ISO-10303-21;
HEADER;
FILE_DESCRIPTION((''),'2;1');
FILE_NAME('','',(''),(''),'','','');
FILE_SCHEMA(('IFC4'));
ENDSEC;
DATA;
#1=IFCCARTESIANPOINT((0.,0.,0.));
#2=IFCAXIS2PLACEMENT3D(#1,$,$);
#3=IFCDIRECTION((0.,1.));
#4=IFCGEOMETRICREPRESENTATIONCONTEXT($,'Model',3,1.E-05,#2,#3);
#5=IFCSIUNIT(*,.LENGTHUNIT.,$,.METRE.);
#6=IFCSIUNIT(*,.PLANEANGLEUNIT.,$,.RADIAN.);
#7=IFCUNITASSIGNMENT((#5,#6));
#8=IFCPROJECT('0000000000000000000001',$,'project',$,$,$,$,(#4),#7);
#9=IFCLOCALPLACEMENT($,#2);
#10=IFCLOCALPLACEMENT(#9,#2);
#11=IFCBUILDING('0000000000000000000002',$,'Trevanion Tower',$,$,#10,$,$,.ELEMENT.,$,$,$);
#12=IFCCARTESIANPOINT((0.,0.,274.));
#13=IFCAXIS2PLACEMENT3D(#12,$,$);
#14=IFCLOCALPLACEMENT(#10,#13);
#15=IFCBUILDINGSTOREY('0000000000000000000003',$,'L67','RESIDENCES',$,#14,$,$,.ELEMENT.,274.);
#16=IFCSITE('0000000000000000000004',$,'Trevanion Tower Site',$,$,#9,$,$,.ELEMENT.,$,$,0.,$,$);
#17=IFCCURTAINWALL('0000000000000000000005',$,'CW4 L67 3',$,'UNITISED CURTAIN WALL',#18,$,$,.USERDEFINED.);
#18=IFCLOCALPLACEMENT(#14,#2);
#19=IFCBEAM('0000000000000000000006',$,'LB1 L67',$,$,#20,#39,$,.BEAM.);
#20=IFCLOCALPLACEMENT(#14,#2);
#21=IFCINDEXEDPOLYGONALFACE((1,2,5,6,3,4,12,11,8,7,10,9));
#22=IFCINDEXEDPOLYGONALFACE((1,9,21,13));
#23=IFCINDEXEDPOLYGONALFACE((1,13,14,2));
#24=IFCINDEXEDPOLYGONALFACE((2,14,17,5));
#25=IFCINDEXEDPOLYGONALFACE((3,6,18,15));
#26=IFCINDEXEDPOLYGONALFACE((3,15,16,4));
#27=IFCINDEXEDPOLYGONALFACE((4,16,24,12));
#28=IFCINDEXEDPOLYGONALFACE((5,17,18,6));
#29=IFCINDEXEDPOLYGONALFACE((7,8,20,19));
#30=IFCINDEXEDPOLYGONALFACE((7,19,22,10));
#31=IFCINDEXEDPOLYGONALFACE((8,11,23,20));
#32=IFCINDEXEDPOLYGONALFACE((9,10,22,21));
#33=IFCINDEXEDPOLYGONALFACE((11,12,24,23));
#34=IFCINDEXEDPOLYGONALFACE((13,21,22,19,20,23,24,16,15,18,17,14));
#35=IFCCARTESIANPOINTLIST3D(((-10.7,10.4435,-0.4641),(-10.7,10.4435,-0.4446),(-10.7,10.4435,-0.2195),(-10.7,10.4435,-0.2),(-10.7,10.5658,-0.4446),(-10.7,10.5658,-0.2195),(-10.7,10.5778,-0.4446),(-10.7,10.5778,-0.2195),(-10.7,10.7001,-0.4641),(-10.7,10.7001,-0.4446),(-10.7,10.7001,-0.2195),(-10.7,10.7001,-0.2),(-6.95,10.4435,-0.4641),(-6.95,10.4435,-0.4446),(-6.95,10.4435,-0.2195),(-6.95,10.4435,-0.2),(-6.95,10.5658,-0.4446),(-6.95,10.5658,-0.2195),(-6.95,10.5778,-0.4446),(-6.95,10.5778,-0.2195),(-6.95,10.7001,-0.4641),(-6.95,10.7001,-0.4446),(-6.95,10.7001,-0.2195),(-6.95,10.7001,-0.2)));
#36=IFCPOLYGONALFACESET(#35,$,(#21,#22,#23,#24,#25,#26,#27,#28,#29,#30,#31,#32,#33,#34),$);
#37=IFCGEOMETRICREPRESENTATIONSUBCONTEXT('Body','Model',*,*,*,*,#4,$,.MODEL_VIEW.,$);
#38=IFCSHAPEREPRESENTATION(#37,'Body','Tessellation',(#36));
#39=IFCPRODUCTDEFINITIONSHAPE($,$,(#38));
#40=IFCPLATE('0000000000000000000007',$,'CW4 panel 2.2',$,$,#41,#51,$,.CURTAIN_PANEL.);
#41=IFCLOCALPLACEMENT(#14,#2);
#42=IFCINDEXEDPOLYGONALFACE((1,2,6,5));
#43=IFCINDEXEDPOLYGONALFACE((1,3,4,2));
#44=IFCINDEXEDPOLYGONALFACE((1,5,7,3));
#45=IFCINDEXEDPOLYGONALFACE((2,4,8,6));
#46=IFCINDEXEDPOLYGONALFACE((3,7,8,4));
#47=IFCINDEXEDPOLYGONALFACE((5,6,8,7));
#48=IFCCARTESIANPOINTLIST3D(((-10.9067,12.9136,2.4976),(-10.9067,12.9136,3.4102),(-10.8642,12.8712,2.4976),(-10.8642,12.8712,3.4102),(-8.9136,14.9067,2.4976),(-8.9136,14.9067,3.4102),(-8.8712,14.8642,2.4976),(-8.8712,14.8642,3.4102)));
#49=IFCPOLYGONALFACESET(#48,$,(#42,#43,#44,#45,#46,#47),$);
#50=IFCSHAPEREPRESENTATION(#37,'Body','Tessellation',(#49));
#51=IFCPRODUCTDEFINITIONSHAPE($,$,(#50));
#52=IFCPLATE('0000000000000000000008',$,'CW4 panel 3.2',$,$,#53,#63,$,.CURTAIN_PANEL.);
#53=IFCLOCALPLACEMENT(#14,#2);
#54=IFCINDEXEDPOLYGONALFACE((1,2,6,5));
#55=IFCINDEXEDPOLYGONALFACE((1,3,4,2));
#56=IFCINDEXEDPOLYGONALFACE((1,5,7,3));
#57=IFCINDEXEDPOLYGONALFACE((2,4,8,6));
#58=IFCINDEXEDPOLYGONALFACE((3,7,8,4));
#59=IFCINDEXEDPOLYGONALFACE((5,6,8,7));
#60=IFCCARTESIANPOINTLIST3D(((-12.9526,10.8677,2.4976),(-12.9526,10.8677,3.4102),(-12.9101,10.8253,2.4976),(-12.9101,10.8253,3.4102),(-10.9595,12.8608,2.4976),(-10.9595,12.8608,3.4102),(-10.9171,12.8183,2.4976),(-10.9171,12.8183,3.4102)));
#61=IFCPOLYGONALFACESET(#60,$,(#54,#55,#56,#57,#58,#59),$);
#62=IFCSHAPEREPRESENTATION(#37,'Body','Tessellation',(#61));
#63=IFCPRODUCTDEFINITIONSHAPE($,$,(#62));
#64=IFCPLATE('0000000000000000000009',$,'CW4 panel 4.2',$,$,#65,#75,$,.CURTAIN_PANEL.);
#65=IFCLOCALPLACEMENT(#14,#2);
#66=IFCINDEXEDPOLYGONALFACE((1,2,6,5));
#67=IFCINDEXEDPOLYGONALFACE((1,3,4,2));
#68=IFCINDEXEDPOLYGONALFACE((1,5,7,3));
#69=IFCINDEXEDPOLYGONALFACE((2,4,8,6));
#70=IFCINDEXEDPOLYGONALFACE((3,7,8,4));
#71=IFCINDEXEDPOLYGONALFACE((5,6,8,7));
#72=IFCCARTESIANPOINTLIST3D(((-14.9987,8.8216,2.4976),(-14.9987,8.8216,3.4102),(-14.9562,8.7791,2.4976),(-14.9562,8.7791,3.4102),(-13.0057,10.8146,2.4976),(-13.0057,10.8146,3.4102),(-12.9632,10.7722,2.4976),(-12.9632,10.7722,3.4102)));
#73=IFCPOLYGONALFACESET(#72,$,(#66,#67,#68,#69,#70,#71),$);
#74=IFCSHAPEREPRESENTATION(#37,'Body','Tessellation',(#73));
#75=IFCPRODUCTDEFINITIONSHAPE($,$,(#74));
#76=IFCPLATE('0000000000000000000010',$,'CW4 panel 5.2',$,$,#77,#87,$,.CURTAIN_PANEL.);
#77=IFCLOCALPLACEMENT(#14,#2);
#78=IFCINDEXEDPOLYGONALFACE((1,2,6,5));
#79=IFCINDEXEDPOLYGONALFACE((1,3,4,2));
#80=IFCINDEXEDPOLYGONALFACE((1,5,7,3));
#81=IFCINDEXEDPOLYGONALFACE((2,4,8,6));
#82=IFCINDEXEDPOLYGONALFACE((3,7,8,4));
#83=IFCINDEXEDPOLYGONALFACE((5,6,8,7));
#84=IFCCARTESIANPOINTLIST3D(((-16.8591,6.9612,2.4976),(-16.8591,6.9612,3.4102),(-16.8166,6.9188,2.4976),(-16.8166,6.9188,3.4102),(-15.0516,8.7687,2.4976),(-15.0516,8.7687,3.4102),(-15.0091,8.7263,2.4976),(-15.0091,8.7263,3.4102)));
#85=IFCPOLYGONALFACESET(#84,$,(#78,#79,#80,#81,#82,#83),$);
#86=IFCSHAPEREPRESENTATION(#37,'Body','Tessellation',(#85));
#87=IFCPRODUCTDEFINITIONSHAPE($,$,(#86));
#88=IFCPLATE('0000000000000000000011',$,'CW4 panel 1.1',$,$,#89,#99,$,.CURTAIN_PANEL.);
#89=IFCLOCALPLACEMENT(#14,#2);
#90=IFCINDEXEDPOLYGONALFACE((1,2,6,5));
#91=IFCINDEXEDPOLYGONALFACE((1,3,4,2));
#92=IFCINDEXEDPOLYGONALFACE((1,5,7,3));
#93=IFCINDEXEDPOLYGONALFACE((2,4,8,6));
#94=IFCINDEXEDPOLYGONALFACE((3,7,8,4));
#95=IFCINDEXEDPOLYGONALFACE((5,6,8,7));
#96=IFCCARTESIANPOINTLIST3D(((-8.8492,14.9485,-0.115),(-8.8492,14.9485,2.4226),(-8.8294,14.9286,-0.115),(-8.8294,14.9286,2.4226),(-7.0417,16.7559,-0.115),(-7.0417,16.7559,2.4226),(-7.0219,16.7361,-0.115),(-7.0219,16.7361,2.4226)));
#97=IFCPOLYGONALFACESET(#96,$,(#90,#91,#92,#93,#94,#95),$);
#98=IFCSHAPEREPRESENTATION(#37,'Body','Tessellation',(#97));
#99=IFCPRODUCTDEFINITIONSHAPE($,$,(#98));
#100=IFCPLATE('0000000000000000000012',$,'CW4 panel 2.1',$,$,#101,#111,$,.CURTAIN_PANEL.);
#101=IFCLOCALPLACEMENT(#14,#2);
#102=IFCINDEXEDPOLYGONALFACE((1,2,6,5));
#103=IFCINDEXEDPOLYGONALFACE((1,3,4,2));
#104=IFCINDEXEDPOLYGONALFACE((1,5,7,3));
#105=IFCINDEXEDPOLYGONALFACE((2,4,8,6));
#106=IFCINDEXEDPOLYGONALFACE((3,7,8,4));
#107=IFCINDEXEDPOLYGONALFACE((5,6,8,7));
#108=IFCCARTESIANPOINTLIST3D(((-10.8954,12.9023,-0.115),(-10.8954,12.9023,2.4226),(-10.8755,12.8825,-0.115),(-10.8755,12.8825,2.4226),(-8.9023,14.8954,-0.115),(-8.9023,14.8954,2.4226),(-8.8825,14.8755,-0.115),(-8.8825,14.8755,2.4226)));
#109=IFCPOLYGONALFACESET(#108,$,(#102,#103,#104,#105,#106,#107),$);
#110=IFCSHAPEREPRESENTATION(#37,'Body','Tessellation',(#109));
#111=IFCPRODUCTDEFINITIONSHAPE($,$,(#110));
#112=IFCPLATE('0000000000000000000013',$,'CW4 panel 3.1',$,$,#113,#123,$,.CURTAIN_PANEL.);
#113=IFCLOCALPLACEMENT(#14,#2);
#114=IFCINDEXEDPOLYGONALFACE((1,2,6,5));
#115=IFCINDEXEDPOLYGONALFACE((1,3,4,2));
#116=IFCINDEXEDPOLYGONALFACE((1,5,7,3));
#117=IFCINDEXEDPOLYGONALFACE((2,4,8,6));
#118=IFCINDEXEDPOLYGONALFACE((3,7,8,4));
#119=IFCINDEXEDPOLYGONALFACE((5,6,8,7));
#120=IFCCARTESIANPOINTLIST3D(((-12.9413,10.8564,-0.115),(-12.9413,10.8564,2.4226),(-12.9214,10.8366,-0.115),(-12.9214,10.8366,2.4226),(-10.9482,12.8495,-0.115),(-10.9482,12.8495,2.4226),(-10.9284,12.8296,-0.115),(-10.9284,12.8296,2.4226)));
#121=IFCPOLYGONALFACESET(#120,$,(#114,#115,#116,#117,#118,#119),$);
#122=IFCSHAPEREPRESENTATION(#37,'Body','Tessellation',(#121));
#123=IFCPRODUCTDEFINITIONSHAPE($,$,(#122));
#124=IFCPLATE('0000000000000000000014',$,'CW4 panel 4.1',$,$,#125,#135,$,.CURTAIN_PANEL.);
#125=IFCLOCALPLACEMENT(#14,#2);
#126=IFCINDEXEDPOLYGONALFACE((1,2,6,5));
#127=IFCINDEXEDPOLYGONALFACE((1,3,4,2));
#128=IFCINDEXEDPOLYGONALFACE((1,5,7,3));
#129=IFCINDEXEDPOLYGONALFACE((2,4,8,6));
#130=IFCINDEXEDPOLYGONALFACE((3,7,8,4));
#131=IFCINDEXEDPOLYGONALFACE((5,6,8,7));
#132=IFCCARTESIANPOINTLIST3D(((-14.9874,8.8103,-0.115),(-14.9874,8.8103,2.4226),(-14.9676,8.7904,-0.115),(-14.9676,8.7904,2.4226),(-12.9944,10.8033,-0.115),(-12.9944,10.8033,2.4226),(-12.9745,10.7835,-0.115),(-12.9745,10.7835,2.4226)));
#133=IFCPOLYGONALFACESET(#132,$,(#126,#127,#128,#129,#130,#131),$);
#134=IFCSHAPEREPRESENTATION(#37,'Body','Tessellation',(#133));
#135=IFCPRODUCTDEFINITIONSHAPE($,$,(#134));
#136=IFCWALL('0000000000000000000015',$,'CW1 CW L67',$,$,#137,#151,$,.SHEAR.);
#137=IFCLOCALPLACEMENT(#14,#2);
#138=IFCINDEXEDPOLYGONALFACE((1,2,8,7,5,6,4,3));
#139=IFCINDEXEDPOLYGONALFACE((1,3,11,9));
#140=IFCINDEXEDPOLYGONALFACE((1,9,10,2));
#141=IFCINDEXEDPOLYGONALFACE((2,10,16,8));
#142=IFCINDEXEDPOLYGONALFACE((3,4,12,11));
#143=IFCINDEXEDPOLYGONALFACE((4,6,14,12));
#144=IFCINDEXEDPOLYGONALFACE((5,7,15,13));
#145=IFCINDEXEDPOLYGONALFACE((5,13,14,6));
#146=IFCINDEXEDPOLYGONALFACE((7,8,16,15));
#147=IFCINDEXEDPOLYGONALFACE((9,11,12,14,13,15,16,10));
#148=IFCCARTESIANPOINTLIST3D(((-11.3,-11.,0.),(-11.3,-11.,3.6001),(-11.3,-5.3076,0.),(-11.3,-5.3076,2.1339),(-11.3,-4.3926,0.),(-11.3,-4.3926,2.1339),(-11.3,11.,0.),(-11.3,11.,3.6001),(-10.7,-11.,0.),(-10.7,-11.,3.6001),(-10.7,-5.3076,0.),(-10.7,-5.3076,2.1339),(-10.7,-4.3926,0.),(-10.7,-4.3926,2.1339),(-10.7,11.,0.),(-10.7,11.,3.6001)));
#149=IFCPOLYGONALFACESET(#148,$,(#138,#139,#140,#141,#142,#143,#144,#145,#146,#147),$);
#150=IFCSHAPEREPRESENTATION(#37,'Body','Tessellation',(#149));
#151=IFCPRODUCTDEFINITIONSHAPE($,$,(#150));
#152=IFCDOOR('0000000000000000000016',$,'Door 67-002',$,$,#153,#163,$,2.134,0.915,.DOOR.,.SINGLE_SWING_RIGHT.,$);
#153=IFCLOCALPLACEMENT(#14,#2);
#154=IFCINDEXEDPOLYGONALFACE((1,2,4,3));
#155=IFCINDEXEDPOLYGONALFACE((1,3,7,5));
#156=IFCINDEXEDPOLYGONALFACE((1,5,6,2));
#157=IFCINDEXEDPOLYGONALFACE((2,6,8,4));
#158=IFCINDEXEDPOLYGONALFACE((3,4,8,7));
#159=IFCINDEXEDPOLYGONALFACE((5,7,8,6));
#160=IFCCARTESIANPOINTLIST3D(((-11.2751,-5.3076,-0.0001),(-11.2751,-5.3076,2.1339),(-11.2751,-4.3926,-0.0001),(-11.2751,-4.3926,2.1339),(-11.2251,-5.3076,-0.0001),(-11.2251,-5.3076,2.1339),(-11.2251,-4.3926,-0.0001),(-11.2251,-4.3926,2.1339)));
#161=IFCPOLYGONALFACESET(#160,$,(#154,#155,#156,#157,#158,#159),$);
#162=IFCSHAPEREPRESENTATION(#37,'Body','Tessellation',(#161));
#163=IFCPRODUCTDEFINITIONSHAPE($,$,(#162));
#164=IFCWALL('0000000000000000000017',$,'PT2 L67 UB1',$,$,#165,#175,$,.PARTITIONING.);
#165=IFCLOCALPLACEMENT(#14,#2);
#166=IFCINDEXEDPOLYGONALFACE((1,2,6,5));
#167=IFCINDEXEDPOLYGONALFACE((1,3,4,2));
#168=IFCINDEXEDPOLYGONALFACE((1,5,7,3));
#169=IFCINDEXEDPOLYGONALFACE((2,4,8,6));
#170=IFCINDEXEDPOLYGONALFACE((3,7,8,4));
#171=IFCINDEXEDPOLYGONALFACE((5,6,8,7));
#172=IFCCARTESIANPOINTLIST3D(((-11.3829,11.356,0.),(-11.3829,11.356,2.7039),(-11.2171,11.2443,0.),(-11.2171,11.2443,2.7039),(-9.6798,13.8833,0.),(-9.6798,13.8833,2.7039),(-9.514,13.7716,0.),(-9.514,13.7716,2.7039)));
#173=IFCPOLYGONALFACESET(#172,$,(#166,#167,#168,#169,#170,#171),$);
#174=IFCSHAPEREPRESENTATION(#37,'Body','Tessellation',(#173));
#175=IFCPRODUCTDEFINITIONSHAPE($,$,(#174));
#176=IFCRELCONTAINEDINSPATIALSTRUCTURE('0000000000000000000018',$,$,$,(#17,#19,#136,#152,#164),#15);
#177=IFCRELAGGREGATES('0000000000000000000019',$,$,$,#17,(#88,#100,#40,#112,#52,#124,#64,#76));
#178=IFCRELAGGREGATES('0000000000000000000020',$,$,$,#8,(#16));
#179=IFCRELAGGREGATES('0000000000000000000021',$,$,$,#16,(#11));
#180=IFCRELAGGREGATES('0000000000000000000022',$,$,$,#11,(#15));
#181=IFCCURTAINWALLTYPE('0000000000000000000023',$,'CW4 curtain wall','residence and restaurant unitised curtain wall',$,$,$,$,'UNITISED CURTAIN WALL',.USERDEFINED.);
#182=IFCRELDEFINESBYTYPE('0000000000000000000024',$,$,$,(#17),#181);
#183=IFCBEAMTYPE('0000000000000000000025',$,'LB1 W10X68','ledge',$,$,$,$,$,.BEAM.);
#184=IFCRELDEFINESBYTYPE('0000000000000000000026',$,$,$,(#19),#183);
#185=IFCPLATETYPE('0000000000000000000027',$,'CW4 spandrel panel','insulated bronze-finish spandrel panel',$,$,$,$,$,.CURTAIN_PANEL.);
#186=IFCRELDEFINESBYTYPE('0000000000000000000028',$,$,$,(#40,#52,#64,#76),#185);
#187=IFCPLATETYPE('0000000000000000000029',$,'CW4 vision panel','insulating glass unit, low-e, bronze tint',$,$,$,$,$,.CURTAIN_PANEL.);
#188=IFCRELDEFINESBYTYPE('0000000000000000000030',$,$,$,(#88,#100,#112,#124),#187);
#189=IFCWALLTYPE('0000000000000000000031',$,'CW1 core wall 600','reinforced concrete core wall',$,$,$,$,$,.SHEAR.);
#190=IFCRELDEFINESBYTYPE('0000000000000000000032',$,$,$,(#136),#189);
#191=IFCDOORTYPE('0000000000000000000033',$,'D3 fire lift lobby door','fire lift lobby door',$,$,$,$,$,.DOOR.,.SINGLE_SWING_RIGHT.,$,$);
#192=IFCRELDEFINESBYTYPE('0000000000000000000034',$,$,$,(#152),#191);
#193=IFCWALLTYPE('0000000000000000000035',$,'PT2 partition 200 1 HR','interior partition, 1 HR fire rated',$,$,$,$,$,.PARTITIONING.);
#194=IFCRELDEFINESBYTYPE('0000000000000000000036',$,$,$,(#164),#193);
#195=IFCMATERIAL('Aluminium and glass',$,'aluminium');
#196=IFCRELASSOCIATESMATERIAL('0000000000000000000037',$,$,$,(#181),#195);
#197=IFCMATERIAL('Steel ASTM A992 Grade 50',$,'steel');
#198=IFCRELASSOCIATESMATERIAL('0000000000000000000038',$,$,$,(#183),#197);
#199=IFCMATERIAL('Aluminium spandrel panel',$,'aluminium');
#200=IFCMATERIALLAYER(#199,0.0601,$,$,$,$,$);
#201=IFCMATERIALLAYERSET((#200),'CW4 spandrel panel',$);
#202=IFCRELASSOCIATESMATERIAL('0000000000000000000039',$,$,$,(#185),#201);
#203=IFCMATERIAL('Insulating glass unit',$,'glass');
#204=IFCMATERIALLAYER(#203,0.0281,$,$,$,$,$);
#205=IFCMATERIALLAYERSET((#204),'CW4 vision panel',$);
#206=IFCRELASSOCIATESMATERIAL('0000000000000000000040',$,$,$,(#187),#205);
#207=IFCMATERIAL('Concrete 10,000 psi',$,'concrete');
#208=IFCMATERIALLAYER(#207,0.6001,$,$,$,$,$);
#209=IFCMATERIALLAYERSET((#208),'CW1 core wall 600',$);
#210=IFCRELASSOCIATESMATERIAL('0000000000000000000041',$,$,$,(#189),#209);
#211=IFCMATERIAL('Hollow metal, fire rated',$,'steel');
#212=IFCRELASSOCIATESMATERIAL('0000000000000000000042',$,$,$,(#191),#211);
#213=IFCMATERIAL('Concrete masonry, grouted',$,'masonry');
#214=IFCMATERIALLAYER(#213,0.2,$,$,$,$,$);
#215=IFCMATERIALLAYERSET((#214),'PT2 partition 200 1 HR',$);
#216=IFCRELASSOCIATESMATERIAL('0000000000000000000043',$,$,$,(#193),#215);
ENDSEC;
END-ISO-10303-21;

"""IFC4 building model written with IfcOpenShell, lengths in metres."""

from ifc_helpers import new_model, si_unit, direction, frame, frame_2d, origin, origin_2d, place, context, subcontext, project, spatial, rectangle, i_section, extrude, material, layer, layer_set, material_profile, profile_set, type_object, element, fill, aggregate, save


model = new_model("IFC4")

# Units and contexts
model_context = context("Model", 3, precision=1e-05, world=origin(), true_north=direction((0.0, 1.0)))
body_context = subcontext(model_context, "Body", "Model", "MODEL_VIEW")
ifc_project = project(units=[si_unit("LENGTHUNIT", "METRE"), si_unit("PLANEANGLEUNIT", "RADIAN")], contexts=[model_context])

# Site, building, storey
site_placement = place(None, origin())
site = spatial("IfcSite", under=ifc_project, at=site_placement, Name="Trevanion Tower Site", CompositionType="ELEMENT", RefElevation=0.0)
building_placement = place(site_placement, origin())
building = spatial("IfcBuilding", under=site, at=building_placement, Name="Trevanion Tower", CompositionType="ELEMENT")
storey_placement = place(building_placement, frame((0.0, 0.0, 274.0)))
storey = spatial("IfcBuildingStorey", under=building, at=storey_placement, Name="L67", Description="RESIDENCES", CompositionType="ELEMENT", Elevation=274.0)

# Curtain wall
ifc_material_1 = material(Name="Aluminium and glass", Category="aluminium")
curtain_wall_type = type_object("IfcCurtainWallType", Name="CW4 curtain wall", Description="residence and restaurant unitised curtain wall", ElementType="UNITISED CURTAIN WALL", PredefinedType="USERDEFINED", material=ifc_material_1)
curtain_wall_placement = place(storey_placement, origin())
curtain_wall = element("IfcCurtainWall", 1, at=curtain_wall_placement, inside=storey, type_object=curtain_wall_type, Name="CW4 L67 3", ObjectType="UNITISED CURTAIN WALL", PredefinedType="USERDEFINED")

# Beam
ifc_material_2 = material(Name="Steel ASTM A992 Grade 50", Category="steel")
ifc_material_profile_1 = material_profile(ifc_material_2, i_section(OverallWidth=0.2566, OverallDepth=0.2642, WebThickness=0.012, FlangeThickness=0.0195, at=origin_2d()), Name="W10X68")
ifc_profile_set_1 = profile_set([ifc_material_profile_1], Name="Steel ASTM A992 Grade 50")
beam_type = type_object("IfcBeamType", Name="LB1 W10X68", Description="ledge", PredefinedType="BEAM", material=ifc_profile_set_1)
beam_placement = place(storey_placement, frame((-10.7, 10.5718, -0.332), z_axis=(1.0, 0.0, 0.0), x_axis=(0.0, 1.0, 0.0)))
element("IfcBeam", 2, at=beam_placement, inside=storey, type_object=beam_type, Name="LB1 L67", PredefinedType="BEAM", context=body_context, shape_type="SweptSolid", body=[
    extrude(i_section(OverallWidth=0.2566, OverallDepth=0.2642, WebThickness=0.012, FlangeThickness=0.0195, at=origin_2d()), origin(), (0.0, 0.0, 1.0), 3.75),
])

# Plates
ifc_material_3 = material(Name="Aluminium spandrel panel", Category="aluminium")
ifc_layer_1 = layer(ifc_material_3, 0.0601)
ifc_layer_set_1 = layer_set([ifc_layer_1], Name="CW4 spandrel panel")
plate_type_1 = type_object("IfcPlateType", Name="CW4 spandrel panel", Description="insulated bronze-finish spandrel panel", PredefinedType="CURTAIN_PANEL", material=ifc_layer_set_1)
plate_1_placement = place(storey_placement, frame((-9.8889, 13.8889, 2.4976), z_axis=(0.0, 0.0, 1.0), x_axis=(-0.707107, -0.707107, 0.0)))
plate_1 = element("IfcPlate", 3, at=plate_1_placement, type_object=plate_type_1, Name="CW4 panel 2.2", PredefinedType="CURTAIN_PANEL", context=body_context, shape_type="SweptSolid", body=[
    extrude(rectangle(XDim=2.8186, YDim=0.0601, at=origin_2d()), origin(), (0.0, 0.0, 1.0), 0.9126),
])
plate_2_placement = place(storey_placement, frame((-11.9348, 11.843, 2.4976), z_axis=(0.0, 0.0, 1.0), x_axis=(-0.707107, -0.707107, 0.0)))
plate_2 = element("IfcPlate", 4, at=plate_2_placement, type_object=plate_type_1, Name="CW4 panel 3.2", PredefinedType="CURTAIN_PANEL", context=body_context, shape_type="SweptSolid", body=[
    extrude(rectangle(XDim=2.8186, YDim=0.0601, at=origin_2d()), origin(), (0.0, 0.0, 1.0), 0.9126),
])
plate_3_placement = place(storey_placement, frame((-13.981, 9.7969, 2.4976), z_axis=(0.0, 0.0, 1.0), x_axis=(-0.707107, -0.707107, 0.0)))
plate_3 = element("IfcPlate", 5, at=plate_3_placement, type_object=plate_type_1, Name="CW4 panel 4.2", PredefinedType="CURTAIN_PANEL", context=body_context, shape_type="SweptSolid", body=[
    extrude(rectangle(XDim=2.8186, YDim=0.0601, at=origin_2d()), origin(), (0.0, 0.0, 1.0), 0.9126),
])
plate_4_placement = place(storey_placement, frame((-15.9341, 7.8438, 2.4976), z_axis=(0.0, 0.0, 1.0), x_axis=(-0.707107, -0.707107, 0.0)))
plate_4 = element("IfcPlate", 6, at=plate_4_placement, type_object=plate_type_1, Name="CW4 panel 5.2", PredefinedType="CURTAIN_PANEL", context=body_context, shape_type="SweptSolid", body=[
    extrude(rectangle(XDim=2.5562, YDim=0.0601, at=origin_2d()), origin(), (0.0, 0.0, 1.0), 0.9126),
])
ifc_material_4 = material(Name="Insulating glass unit", Category="glass")
ifc_layer_2 = layer(ifc_material_4, 0.0281)
ifc_layer_set_2 = layer_set([ifc_layer_2], Name="CW4 vision panel")
plate_type_2 = type_object("IfcPlateType", Name="CW4 vision panel", Description="insulating glass unit, low-e, bronze tint", PredefinedType="CURTAIN_PANEL", material=ifc_layer_set_2)
plate_5_placement = place(storey_placement, frame((-7.9355, 15.8423, -0.115), z_axis=(0.0, 0.0, 1.0), x_axis=(-0.707107, -0.707107, 0.0)))
plate_5 = element("IfcPlate", 7, at=plate_5_placement, type_object=plate_type_2, Name="CW4 panel 1.1", PredefinedType="CURTAIN_PANEL", context=body_context, shape_type="SweptSolid", body=[
    extrude(rectangle(XDim=2.5562, YDim=0.0281, at=origin_2d()), origin(), (0.0, 0.0, 1.0), 2.5376),
])
plate_6_placement = place(storey_placement, frame((-9.8889, 13.8889, -0.115), z_axis=(0.0, 0.0, 1.0), x_axis=(-0.707107, -0.707107, 0.0)))
plate_6 = element("IfcPlate", 8, at=plate_6_placement, type_object=plate_type_2, Name="CW4 panel 2.1", PredefinedType="CURTAIN_PANEL", context=body_context, shape_type="SweptSolid", body=[
    extrude(rectangle(XDim=2.8186, YDim=0.0281, at=origin_2d()), origin(), (0.0, 0.0, 1.0), 2.5376),
])
plate_7_placement = place(storey_placement, frame((-11.9348, 11.843, -0.115), z_axis=(0.0, 0.0, 1.0), x_axis=(-0.707107, -0.707107, 0.0)))
plate_7 = element("IfcPlate", 9, at=plate_7_placement, type_object=plate_type_2, Name="CW4 panel 3.1", PredefinedType="CURTAIN_PANEL", context=body_context, shape_type="SweptSolid", body=[
    extrude(rectangle(XDim=2.8186, YDim=0.0281, at=origin_2d()), origin(), (0.0, 0.0, 1.0), 2.5376),
])
plate_8_placement = place(storey_placement, frame((-13.981, 9.7969, -0.115), z_axis=(0.0, 0.0, 1.0), x_axis=(-0.707107, -0.707107, 0.0)))
plate_8 = element("IfcPlate", 10, at=plate_8_placement, type_object=plate_type_2, Name="CW4 panel 4.1", PredefinedType="CURTAIN_PANEL", context=body_context, shape_type="SweptSolid", body=[
    extrude(rectangle(XDim=2.8186, YDim=0.0281, at=origin_2d()), origin(), (0.0, 0.0, 1.0), 2.5376),
])
aggregate(curtain_wall, [plate_5, plate_6, plate_1, plate_7, plate_2, plate_8, plate_3, plate_4])

# Wall, opening, door
ifc_material_5 = material(Name="Concrete 10,000 psi", Category="concrete")
ifc_layer_3 = layer(ifc_material_5, 0.6001)
ifc_layer_set_3 = layer_set([ifc_layer_3], Name="CW1 core wall 600")
wall_type_1 = type_object("IfcWallType", Name="CW1 core wall 600", Description="reinforced concrete core wall", PredefinedType="SHEAR", material=ifc_layer_set_3)
wall_1_placement = place(storey_placement, frame((-11.0, 11.0, 0.0), z_axis=(0.0, 0.0, 1.0), x_axis=(0.0, -1.0, 0.0)))
wall_1 = element("IfcWall", 11, at=wall_1_placement, inside=storey, type_object=wall_type_1, Name="CW1 CW L67", PredefinedType="SHEAR", context=body_context, shape_type="SweptSolid", body=[
    extrude(rectangle(XDim=22.0, YDim=0.6001, at=frame_2d((11.0, 0.0))), origin(), (0.0, 0.0, 1.0), 3.6001),
])
opening_placement = place(wall_1_placement, frame((15.3926, 0.0, 0.0)))
opening = element("IfcOpeningElement", 12, at=opening_placement, cuts=wall_1, PredefinedType="OPENING", context=body_context, shape_type="SweptSolid", body=[
    extrude(rectangle(XDim=0.915, YDim=2.134, at=frame_2d((0.4575, 1.0669))), frame((0.0, 0.3101, 0.0), z_axis=(0.0, -1.0, 0.0), x_axis=(1.0, 0.0, 0.0)), (0.0, 0.0, 1.0), 0.6201),
])
ifc_material_6 = material(Name="Hollow metal, fire rated", Category="steel")
door_type = type_object("IfcDoorType", Name="D3 fire lift lobby door", Description="fire lift lobby door", OperationType="SINGLE_SWING_RIGHT", PredefinedType="DOOR", material=ifc_material_6)
door_placement = place(opening_placement, origin())
door = element("IfcDoor", 13, at=door_placement, inside=storey, type_object=door_type, Name="Door 67-002", OperationType="SINGLE_SWING_RIGHT", OverallHeight=2.134, OverallWidth=0.915, PredefinedType="DOOR", context=body_context, shape_type="SweptSolid", body=[
    extrude(rectangle(XDim=0.915, YDim=2.134, at=frame_2d((0.4575, 1.0669))), frame((0.0, -0.2251, 0.0), z_axis=(0.0, -1.0, 0.0), x_axis=(1.0, 0.0, 0.0)), (0.0, 0.0, 1.0), 0.05),
])
fill(opening, door)

# Wall
ifc_material_7 = material(Name="Concrete masonry, grouted", Category="masonry")
ifc_layer_4 = layer(ifc_material_7, 0.2)
ifc_layer_set_4 = layer_set([ifc_layer_4], Name="PT2 partition 200 1 HR")
wall_type_2 = type_object("IfcWallType", Name="PT2 partition 200 1 HR", Description="interior partition, 1 HR fire rated", PredefinedType="PARTITIONING", material=ifc_layer_set_4)
wall_2_placement = place(storey_placement, frame((-11.3, 11.3, 0.0), z_axis=(0.0, 0.0, 1.0), x_axis=(0.558834, 0.829279, 0.0)))
element("IfcWall", 14, at=wall_2_placement, inside=storey, type_object=wall_type_2, Name="PT2 L67 UB1", PredefinedType="PARTITIONING", context=body_context, shape_type="SweptSolid", body=[
    extrude(rectangle(XDim=3.0476, YDim=0.2, at=frame_2d((1.5239, 0.0))), origin(), (0.0, 0.0, 1.0), 2.7039),
])

save(model, "model.ifc")
